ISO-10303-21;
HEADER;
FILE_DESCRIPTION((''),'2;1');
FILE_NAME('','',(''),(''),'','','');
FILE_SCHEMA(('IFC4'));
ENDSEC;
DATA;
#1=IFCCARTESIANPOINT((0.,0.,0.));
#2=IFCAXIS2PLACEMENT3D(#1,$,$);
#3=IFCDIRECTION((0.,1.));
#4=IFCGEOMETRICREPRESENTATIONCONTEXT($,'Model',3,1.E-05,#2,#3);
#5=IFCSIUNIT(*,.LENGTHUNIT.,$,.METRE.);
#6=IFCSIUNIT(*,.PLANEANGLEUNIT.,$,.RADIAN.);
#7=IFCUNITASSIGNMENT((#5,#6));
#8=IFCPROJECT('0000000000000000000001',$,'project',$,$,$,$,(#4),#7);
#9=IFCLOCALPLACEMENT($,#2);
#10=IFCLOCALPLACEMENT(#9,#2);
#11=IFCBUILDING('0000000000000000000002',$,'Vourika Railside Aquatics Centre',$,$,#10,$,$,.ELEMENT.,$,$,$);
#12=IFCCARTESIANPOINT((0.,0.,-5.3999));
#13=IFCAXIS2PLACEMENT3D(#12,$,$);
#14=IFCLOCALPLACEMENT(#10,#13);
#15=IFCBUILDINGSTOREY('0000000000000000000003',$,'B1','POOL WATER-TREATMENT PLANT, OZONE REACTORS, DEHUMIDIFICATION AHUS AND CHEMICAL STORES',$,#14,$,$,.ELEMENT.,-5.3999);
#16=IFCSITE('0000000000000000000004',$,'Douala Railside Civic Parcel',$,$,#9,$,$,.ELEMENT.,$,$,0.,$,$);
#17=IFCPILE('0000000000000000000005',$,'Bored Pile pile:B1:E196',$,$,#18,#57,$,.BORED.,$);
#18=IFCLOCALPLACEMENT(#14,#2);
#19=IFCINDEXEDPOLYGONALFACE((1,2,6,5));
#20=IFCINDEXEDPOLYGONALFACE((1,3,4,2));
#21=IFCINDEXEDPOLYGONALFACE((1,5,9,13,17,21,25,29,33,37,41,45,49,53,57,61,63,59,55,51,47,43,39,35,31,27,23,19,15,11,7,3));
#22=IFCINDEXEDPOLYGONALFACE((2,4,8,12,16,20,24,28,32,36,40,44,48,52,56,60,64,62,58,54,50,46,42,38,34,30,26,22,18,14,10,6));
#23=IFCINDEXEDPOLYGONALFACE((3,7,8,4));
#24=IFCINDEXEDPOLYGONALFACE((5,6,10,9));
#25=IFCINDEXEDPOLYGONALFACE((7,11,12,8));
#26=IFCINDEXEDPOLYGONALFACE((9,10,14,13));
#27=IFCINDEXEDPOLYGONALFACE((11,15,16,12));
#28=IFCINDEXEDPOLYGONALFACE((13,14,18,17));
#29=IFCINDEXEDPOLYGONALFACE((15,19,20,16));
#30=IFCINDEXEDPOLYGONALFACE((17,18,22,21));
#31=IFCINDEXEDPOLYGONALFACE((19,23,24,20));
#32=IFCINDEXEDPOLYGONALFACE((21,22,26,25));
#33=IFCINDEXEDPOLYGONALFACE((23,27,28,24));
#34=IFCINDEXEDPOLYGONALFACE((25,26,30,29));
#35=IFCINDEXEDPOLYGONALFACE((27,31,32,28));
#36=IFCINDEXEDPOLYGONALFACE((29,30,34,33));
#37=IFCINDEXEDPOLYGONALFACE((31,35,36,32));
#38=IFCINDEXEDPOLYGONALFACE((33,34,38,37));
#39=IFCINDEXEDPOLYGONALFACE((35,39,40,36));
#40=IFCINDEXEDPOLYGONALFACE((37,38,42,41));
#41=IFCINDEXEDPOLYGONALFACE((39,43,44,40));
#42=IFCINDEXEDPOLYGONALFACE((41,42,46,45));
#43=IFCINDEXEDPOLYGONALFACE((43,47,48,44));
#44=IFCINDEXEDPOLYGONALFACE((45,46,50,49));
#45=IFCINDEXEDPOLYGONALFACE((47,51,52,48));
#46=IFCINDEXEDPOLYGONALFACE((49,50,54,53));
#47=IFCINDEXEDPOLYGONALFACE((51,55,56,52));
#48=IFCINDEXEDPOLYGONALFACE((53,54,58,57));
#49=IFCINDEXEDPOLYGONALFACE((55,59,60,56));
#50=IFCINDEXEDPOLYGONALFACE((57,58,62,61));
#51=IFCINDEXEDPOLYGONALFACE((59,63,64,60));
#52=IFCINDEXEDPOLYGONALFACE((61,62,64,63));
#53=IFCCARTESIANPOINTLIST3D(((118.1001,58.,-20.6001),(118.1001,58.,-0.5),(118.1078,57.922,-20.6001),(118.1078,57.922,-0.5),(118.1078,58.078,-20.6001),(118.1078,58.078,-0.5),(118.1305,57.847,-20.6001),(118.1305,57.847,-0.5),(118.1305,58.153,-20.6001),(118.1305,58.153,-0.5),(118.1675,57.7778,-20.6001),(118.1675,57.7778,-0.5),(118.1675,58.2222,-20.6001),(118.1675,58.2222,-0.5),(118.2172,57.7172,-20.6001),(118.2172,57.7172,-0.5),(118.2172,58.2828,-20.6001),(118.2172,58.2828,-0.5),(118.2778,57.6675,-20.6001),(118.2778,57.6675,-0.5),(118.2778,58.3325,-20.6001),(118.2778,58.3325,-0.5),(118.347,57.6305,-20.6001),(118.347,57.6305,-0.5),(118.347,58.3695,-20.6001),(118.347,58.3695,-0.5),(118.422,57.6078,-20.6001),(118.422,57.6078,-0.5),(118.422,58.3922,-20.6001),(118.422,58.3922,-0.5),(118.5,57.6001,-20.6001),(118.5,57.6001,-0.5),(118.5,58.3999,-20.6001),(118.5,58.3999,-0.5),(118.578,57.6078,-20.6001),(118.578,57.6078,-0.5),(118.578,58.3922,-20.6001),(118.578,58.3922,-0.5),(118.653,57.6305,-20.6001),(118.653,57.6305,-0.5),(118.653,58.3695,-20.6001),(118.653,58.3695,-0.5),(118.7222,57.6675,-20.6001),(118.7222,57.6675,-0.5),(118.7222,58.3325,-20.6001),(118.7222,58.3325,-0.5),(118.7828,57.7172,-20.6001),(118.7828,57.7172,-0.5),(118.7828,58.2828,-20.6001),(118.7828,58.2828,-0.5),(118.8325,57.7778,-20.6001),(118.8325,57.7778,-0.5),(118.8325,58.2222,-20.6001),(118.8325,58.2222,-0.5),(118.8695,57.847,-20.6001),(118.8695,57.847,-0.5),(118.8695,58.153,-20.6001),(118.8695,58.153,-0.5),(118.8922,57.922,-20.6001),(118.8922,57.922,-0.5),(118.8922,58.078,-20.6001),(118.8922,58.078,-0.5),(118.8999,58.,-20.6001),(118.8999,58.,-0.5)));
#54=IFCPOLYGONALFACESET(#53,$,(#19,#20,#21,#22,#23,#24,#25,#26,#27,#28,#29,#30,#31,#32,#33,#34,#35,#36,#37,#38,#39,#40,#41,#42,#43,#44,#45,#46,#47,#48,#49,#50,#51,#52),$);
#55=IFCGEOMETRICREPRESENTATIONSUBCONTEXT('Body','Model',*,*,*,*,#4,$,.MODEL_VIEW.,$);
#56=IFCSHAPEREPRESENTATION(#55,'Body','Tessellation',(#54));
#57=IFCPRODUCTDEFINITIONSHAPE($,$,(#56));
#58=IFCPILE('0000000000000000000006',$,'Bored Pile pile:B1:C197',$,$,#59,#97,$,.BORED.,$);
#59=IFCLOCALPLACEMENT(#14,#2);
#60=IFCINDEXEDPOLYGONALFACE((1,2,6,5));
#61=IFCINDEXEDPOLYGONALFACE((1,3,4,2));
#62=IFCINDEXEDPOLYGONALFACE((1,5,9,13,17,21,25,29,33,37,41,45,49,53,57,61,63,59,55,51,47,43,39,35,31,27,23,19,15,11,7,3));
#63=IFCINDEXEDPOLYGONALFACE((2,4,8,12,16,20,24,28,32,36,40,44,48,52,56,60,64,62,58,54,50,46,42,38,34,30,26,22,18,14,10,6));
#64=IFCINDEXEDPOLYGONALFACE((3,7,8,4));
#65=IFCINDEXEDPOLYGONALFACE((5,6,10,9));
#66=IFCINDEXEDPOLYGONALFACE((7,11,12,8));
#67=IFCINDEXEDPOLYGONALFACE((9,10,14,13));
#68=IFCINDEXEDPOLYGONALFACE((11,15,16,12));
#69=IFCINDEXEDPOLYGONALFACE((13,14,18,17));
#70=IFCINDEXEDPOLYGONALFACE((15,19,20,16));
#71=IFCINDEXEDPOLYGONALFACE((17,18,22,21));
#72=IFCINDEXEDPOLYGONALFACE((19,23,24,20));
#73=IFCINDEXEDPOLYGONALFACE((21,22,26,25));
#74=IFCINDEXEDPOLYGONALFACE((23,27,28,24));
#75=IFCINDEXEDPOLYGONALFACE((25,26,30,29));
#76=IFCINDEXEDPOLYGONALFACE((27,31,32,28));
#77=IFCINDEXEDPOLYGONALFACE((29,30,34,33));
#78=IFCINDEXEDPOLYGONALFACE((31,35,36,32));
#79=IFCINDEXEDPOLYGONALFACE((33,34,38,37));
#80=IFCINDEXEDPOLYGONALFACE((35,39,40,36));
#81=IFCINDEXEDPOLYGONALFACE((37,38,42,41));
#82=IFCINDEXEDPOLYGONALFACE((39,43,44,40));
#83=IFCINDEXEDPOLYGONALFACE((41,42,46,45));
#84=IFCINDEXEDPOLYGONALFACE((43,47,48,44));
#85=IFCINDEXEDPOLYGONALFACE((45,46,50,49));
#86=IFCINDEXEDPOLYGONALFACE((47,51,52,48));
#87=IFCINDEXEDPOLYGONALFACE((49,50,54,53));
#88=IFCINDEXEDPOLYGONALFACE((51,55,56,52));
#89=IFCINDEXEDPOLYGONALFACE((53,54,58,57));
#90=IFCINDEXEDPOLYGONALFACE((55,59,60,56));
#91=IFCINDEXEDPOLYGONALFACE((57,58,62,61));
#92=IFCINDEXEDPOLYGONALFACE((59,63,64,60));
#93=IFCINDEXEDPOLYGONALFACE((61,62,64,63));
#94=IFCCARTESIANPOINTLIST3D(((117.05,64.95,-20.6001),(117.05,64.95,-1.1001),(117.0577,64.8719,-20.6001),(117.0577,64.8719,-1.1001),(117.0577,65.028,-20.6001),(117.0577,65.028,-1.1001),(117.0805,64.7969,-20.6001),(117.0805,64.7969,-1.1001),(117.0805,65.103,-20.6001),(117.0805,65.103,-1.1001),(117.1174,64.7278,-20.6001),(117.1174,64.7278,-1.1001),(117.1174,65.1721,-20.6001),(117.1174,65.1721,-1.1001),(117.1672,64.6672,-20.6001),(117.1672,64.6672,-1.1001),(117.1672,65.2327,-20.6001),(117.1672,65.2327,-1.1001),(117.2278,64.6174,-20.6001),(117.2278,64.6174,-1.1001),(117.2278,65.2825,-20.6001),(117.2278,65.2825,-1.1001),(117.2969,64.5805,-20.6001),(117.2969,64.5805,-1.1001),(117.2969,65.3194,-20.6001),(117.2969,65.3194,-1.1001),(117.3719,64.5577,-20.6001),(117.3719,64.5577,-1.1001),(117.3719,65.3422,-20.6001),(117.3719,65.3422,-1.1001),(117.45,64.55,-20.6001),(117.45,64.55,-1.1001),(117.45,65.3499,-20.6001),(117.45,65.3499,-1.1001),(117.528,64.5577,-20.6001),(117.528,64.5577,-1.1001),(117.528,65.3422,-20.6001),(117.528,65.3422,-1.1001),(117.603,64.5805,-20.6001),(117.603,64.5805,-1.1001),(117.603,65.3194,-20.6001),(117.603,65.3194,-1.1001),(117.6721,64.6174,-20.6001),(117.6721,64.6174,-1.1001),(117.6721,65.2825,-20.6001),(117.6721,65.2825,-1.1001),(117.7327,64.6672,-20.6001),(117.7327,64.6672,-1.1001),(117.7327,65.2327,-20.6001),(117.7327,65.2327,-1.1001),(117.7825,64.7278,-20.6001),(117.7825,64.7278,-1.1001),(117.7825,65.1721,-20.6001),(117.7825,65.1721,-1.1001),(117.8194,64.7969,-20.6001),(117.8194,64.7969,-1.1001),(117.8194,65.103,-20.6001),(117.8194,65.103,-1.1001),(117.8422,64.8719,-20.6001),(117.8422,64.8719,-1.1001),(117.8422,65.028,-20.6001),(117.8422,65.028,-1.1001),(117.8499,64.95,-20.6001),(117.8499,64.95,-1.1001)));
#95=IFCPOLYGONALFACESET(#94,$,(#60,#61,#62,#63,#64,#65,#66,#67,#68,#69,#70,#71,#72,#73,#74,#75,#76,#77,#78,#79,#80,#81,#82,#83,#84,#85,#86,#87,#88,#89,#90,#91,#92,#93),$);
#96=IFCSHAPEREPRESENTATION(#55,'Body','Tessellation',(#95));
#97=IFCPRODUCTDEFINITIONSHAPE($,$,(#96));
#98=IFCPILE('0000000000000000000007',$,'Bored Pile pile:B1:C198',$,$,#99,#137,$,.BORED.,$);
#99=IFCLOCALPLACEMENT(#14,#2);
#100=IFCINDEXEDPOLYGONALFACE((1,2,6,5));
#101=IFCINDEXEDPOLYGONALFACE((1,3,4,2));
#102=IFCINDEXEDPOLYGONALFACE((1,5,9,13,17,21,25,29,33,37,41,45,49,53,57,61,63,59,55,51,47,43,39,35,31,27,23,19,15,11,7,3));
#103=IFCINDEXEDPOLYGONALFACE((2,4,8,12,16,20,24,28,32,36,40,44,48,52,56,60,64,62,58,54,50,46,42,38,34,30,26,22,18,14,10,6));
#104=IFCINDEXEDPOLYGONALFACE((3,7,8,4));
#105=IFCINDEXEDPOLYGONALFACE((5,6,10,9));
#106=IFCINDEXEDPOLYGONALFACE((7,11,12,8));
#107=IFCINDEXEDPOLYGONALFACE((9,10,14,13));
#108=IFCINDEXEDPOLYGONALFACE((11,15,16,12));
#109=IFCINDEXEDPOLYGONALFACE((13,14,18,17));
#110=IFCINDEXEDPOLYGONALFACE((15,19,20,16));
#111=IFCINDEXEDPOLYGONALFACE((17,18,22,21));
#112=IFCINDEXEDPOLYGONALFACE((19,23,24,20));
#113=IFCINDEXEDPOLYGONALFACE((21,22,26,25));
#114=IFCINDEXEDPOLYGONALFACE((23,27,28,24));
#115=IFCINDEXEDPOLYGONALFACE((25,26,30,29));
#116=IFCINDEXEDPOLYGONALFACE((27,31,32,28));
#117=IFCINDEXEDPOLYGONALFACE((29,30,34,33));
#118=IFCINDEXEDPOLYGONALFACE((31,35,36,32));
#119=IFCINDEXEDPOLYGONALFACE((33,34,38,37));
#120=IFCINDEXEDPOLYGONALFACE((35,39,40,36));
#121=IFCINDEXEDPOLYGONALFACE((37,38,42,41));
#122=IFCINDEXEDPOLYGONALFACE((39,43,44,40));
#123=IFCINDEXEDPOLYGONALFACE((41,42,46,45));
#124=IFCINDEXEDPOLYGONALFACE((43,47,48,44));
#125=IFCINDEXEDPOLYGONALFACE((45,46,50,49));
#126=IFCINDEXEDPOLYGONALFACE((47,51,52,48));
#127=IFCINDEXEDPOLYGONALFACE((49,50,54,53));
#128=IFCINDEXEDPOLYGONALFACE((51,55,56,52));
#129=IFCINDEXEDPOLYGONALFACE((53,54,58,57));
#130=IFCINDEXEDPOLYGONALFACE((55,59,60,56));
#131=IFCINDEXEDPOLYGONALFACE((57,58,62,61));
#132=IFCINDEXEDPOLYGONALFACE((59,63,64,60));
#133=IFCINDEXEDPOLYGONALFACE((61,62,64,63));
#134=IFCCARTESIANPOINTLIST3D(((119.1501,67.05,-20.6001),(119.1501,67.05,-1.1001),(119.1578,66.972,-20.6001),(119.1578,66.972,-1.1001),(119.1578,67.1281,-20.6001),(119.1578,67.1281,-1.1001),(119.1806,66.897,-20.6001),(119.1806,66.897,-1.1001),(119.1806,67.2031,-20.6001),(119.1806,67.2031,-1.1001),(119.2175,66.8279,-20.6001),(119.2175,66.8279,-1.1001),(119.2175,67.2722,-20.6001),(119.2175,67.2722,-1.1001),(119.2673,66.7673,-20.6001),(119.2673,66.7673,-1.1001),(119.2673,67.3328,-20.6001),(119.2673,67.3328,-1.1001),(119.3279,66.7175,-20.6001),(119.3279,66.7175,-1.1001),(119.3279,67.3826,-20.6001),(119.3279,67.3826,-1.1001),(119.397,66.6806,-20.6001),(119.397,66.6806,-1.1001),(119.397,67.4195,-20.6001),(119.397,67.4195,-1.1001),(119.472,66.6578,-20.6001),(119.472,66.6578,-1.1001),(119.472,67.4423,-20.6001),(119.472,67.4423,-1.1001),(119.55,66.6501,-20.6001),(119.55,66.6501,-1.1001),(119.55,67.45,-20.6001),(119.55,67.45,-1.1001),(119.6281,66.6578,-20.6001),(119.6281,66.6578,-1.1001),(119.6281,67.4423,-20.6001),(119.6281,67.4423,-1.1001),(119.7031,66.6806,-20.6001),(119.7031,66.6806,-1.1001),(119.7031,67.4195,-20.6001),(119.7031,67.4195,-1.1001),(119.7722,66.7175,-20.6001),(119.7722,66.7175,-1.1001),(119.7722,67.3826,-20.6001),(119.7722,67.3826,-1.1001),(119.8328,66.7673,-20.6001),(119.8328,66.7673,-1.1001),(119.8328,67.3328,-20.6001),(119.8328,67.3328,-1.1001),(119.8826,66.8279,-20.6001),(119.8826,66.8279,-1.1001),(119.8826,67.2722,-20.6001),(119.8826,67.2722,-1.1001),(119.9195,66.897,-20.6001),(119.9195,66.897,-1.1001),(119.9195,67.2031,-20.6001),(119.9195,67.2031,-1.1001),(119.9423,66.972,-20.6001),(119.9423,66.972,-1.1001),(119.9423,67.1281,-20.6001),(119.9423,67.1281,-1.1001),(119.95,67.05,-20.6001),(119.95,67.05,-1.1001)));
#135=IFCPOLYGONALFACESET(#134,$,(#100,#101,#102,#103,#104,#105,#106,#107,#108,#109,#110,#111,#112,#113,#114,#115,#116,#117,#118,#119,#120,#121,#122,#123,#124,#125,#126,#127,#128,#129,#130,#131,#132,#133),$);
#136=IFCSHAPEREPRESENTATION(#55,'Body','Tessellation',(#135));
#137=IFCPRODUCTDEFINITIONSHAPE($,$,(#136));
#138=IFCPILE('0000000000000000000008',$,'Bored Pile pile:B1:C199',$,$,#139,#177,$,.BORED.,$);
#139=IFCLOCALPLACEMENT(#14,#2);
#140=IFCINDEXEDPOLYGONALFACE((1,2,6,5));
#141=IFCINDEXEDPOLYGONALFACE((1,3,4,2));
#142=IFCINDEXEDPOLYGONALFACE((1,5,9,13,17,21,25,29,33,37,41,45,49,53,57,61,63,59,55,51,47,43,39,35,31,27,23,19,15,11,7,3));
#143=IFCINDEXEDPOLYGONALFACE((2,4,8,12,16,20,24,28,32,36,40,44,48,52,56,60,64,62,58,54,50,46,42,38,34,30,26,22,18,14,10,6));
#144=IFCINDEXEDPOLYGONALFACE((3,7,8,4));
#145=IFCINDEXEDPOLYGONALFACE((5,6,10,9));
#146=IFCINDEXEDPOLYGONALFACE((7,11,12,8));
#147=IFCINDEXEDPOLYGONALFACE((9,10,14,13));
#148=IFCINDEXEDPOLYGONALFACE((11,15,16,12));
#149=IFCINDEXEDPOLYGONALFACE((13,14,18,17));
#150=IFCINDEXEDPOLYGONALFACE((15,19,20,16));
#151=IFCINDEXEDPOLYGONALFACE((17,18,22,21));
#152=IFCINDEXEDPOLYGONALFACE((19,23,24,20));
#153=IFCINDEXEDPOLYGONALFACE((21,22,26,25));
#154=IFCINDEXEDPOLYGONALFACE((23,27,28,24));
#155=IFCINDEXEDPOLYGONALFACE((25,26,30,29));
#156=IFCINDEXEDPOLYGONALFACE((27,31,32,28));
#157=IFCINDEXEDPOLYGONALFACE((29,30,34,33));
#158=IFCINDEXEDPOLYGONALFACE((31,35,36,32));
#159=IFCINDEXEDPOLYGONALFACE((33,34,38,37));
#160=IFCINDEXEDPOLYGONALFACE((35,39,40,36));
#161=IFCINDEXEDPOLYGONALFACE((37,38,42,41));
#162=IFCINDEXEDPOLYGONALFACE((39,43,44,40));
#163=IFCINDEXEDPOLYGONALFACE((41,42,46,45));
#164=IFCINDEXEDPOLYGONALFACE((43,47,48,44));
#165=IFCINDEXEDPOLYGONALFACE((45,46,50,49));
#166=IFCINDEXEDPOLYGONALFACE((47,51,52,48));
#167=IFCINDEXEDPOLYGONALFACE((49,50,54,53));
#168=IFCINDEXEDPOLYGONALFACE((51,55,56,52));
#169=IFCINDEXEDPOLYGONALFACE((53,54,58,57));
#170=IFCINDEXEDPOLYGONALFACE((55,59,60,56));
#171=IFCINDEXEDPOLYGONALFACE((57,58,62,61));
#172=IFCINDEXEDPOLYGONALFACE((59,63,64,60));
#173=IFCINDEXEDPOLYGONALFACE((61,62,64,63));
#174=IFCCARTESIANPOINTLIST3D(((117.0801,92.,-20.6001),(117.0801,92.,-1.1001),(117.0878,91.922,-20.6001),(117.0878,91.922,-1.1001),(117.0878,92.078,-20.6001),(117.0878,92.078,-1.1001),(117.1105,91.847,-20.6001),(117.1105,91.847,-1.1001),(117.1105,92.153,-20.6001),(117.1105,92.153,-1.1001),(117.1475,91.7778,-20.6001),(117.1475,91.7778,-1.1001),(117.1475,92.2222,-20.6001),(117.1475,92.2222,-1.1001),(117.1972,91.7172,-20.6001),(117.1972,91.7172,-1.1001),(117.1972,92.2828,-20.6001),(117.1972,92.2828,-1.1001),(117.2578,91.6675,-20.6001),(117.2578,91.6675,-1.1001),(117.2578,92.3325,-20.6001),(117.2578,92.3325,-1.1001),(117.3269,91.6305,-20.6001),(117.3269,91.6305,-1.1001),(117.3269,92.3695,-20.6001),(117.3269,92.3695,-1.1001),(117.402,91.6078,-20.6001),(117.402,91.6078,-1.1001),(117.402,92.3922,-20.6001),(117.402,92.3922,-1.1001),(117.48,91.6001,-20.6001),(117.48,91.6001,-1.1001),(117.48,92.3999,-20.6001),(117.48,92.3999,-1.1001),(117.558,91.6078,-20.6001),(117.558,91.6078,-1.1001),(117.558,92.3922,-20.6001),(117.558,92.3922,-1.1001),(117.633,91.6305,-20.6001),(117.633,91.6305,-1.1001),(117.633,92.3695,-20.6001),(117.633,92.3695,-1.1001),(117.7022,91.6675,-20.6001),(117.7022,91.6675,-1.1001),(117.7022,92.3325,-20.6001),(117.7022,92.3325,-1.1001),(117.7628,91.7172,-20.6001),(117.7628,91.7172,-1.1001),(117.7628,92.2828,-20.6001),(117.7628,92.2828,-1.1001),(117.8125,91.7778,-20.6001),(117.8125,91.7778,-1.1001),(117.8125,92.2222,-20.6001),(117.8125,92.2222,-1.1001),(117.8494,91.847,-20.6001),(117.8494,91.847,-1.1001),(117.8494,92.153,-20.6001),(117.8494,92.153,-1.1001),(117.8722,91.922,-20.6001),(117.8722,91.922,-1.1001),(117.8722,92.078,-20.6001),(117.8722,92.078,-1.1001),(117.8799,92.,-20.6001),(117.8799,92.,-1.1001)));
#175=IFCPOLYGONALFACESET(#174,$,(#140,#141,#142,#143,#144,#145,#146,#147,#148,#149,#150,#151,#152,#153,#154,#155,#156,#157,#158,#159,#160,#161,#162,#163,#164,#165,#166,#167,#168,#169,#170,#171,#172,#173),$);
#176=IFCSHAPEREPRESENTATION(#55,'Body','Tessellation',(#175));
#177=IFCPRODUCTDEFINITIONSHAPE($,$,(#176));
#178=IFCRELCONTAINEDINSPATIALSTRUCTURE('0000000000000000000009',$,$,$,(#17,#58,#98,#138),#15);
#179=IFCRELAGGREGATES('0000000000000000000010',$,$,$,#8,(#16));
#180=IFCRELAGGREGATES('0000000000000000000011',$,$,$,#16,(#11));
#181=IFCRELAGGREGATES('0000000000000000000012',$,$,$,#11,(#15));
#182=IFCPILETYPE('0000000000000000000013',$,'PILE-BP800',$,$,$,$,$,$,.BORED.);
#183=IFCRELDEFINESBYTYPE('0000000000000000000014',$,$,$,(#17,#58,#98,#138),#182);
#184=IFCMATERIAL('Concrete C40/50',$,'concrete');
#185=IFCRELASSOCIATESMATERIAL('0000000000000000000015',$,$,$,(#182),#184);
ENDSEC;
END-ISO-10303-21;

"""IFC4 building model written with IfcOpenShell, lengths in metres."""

from ifc_helpers import new_model, si_unit, direction, frame, origin, origin_2d, place, context, subcontext, project, spatial, circle, extrude, material, material_profile, profile_set, type_object, element, save


model = new_model("IFC4")

# Units and contexts
model_context = context("Model", 3, precision=1e-05, world=origin(), true_north=direction((0.0, 1.0)))
body_context = subcontext(model_context, "Body", "Model", "MODEL_VIEW")
ifc_project = project(units=[si_unit("LENGTHUNIT", "METRE"), si_unit("PLANEANGLEUNIT", "RADIAN")], contexts=[model_context])

# Site, building, storey
site_placement = place(None, origin())
site = spatial("IfcSite", under=ifc_project, at=site_placement, Name="Douala Railside Civic Parcel", CompositionType="ELEMENT", RefElevation=0.0)
building_placement = place(site_placement, origin())
building = spatial("IfcBuilding", under=site, at=building_placement, Name="Vourika Railside Aquatics Centre", CompositionType="ELEMENT")
storey_placement = place(building_placement, frame((0.0, 0.0, -5.3999)))
storey = spatial("IfcBuildingStorey", under=building, at=storey_placement, Name="B1", Description="POOL WATER-TREATMENT PLANT, OZONE REACTORS, DEHUMIDIFICATION AHUS AND CHEMICAL STORES", CompositionType="ELEMENT", Elevation=-5.3999)

# Shared definitions
ifc_material = material(Name="Concrete C40/50", Category="concrete")

# Piles
ifc_material_profile_1 = material_profile(ifc_material, circle(Radius=0.3999, at=origin_2d()), Name="BP 800")
ifc_profile_set_1 = profile_set([ifc_material_profile_1], Name="Concrete C40/50")
pile_type_1 = type_object("IfcPileType", Name="PILE-BP800", PredefinedType="BORED", material=ifc_profile_set_1)
pile_1_placement = place(storey_placement, frame((118.5, 58.0, -0.5), z_axis=(0.0, 0.0, -1.0), x_axis=(1.0, 0.0, 0.0)))
element("IfcPile", 1, at=pile_1_placement, inside=storey, type_object=pile_type_1, Name="Bored Pile pile:B1:E196", PredefinedType="BORED", context=body_context, shape_type="SweptSolid", body=[
    extrude(circle(Radius=0.3999, at=origin_2d()), origin(), (0.0, 0.0, 1.0), 20.1001),
])
for number, where, z_axis, x_axis, name in (
    (2, (117.45, 64.95, -1.1001), (0.0, 0.0, -1.0), (1.0, 0.0, 0.0), "Bored Pile pile:B1:C197"),
    (3, (119.55, 67.05, -1.1001), (0.0, 0.0, -1.0), (1.0, 0.0, 0.0), "Bored Pile pile:B1:C198"),
    (4, (117.48, 92.0, -1.1001), (0.0, 0.0, -1.0), (1.0, 0.0, 0.0), "Bored Pile pile:B1:C199"),
):
    element("IfcPile", number, at=place(storey_placement, frame(where, z_axis=z_axis, x_axis=x_axis)), inside=storey, type_object=pile_type_1, Name=name, PredefinedType="BORED", context=body_context, shape_type="SweptSolid", body=[
        extrude(circle(Radius=0.3999, at=origin_2d()), origin(), (0.0, 0.0, 1.0), 19.5),
    ])

save(model, "model.ifc")
